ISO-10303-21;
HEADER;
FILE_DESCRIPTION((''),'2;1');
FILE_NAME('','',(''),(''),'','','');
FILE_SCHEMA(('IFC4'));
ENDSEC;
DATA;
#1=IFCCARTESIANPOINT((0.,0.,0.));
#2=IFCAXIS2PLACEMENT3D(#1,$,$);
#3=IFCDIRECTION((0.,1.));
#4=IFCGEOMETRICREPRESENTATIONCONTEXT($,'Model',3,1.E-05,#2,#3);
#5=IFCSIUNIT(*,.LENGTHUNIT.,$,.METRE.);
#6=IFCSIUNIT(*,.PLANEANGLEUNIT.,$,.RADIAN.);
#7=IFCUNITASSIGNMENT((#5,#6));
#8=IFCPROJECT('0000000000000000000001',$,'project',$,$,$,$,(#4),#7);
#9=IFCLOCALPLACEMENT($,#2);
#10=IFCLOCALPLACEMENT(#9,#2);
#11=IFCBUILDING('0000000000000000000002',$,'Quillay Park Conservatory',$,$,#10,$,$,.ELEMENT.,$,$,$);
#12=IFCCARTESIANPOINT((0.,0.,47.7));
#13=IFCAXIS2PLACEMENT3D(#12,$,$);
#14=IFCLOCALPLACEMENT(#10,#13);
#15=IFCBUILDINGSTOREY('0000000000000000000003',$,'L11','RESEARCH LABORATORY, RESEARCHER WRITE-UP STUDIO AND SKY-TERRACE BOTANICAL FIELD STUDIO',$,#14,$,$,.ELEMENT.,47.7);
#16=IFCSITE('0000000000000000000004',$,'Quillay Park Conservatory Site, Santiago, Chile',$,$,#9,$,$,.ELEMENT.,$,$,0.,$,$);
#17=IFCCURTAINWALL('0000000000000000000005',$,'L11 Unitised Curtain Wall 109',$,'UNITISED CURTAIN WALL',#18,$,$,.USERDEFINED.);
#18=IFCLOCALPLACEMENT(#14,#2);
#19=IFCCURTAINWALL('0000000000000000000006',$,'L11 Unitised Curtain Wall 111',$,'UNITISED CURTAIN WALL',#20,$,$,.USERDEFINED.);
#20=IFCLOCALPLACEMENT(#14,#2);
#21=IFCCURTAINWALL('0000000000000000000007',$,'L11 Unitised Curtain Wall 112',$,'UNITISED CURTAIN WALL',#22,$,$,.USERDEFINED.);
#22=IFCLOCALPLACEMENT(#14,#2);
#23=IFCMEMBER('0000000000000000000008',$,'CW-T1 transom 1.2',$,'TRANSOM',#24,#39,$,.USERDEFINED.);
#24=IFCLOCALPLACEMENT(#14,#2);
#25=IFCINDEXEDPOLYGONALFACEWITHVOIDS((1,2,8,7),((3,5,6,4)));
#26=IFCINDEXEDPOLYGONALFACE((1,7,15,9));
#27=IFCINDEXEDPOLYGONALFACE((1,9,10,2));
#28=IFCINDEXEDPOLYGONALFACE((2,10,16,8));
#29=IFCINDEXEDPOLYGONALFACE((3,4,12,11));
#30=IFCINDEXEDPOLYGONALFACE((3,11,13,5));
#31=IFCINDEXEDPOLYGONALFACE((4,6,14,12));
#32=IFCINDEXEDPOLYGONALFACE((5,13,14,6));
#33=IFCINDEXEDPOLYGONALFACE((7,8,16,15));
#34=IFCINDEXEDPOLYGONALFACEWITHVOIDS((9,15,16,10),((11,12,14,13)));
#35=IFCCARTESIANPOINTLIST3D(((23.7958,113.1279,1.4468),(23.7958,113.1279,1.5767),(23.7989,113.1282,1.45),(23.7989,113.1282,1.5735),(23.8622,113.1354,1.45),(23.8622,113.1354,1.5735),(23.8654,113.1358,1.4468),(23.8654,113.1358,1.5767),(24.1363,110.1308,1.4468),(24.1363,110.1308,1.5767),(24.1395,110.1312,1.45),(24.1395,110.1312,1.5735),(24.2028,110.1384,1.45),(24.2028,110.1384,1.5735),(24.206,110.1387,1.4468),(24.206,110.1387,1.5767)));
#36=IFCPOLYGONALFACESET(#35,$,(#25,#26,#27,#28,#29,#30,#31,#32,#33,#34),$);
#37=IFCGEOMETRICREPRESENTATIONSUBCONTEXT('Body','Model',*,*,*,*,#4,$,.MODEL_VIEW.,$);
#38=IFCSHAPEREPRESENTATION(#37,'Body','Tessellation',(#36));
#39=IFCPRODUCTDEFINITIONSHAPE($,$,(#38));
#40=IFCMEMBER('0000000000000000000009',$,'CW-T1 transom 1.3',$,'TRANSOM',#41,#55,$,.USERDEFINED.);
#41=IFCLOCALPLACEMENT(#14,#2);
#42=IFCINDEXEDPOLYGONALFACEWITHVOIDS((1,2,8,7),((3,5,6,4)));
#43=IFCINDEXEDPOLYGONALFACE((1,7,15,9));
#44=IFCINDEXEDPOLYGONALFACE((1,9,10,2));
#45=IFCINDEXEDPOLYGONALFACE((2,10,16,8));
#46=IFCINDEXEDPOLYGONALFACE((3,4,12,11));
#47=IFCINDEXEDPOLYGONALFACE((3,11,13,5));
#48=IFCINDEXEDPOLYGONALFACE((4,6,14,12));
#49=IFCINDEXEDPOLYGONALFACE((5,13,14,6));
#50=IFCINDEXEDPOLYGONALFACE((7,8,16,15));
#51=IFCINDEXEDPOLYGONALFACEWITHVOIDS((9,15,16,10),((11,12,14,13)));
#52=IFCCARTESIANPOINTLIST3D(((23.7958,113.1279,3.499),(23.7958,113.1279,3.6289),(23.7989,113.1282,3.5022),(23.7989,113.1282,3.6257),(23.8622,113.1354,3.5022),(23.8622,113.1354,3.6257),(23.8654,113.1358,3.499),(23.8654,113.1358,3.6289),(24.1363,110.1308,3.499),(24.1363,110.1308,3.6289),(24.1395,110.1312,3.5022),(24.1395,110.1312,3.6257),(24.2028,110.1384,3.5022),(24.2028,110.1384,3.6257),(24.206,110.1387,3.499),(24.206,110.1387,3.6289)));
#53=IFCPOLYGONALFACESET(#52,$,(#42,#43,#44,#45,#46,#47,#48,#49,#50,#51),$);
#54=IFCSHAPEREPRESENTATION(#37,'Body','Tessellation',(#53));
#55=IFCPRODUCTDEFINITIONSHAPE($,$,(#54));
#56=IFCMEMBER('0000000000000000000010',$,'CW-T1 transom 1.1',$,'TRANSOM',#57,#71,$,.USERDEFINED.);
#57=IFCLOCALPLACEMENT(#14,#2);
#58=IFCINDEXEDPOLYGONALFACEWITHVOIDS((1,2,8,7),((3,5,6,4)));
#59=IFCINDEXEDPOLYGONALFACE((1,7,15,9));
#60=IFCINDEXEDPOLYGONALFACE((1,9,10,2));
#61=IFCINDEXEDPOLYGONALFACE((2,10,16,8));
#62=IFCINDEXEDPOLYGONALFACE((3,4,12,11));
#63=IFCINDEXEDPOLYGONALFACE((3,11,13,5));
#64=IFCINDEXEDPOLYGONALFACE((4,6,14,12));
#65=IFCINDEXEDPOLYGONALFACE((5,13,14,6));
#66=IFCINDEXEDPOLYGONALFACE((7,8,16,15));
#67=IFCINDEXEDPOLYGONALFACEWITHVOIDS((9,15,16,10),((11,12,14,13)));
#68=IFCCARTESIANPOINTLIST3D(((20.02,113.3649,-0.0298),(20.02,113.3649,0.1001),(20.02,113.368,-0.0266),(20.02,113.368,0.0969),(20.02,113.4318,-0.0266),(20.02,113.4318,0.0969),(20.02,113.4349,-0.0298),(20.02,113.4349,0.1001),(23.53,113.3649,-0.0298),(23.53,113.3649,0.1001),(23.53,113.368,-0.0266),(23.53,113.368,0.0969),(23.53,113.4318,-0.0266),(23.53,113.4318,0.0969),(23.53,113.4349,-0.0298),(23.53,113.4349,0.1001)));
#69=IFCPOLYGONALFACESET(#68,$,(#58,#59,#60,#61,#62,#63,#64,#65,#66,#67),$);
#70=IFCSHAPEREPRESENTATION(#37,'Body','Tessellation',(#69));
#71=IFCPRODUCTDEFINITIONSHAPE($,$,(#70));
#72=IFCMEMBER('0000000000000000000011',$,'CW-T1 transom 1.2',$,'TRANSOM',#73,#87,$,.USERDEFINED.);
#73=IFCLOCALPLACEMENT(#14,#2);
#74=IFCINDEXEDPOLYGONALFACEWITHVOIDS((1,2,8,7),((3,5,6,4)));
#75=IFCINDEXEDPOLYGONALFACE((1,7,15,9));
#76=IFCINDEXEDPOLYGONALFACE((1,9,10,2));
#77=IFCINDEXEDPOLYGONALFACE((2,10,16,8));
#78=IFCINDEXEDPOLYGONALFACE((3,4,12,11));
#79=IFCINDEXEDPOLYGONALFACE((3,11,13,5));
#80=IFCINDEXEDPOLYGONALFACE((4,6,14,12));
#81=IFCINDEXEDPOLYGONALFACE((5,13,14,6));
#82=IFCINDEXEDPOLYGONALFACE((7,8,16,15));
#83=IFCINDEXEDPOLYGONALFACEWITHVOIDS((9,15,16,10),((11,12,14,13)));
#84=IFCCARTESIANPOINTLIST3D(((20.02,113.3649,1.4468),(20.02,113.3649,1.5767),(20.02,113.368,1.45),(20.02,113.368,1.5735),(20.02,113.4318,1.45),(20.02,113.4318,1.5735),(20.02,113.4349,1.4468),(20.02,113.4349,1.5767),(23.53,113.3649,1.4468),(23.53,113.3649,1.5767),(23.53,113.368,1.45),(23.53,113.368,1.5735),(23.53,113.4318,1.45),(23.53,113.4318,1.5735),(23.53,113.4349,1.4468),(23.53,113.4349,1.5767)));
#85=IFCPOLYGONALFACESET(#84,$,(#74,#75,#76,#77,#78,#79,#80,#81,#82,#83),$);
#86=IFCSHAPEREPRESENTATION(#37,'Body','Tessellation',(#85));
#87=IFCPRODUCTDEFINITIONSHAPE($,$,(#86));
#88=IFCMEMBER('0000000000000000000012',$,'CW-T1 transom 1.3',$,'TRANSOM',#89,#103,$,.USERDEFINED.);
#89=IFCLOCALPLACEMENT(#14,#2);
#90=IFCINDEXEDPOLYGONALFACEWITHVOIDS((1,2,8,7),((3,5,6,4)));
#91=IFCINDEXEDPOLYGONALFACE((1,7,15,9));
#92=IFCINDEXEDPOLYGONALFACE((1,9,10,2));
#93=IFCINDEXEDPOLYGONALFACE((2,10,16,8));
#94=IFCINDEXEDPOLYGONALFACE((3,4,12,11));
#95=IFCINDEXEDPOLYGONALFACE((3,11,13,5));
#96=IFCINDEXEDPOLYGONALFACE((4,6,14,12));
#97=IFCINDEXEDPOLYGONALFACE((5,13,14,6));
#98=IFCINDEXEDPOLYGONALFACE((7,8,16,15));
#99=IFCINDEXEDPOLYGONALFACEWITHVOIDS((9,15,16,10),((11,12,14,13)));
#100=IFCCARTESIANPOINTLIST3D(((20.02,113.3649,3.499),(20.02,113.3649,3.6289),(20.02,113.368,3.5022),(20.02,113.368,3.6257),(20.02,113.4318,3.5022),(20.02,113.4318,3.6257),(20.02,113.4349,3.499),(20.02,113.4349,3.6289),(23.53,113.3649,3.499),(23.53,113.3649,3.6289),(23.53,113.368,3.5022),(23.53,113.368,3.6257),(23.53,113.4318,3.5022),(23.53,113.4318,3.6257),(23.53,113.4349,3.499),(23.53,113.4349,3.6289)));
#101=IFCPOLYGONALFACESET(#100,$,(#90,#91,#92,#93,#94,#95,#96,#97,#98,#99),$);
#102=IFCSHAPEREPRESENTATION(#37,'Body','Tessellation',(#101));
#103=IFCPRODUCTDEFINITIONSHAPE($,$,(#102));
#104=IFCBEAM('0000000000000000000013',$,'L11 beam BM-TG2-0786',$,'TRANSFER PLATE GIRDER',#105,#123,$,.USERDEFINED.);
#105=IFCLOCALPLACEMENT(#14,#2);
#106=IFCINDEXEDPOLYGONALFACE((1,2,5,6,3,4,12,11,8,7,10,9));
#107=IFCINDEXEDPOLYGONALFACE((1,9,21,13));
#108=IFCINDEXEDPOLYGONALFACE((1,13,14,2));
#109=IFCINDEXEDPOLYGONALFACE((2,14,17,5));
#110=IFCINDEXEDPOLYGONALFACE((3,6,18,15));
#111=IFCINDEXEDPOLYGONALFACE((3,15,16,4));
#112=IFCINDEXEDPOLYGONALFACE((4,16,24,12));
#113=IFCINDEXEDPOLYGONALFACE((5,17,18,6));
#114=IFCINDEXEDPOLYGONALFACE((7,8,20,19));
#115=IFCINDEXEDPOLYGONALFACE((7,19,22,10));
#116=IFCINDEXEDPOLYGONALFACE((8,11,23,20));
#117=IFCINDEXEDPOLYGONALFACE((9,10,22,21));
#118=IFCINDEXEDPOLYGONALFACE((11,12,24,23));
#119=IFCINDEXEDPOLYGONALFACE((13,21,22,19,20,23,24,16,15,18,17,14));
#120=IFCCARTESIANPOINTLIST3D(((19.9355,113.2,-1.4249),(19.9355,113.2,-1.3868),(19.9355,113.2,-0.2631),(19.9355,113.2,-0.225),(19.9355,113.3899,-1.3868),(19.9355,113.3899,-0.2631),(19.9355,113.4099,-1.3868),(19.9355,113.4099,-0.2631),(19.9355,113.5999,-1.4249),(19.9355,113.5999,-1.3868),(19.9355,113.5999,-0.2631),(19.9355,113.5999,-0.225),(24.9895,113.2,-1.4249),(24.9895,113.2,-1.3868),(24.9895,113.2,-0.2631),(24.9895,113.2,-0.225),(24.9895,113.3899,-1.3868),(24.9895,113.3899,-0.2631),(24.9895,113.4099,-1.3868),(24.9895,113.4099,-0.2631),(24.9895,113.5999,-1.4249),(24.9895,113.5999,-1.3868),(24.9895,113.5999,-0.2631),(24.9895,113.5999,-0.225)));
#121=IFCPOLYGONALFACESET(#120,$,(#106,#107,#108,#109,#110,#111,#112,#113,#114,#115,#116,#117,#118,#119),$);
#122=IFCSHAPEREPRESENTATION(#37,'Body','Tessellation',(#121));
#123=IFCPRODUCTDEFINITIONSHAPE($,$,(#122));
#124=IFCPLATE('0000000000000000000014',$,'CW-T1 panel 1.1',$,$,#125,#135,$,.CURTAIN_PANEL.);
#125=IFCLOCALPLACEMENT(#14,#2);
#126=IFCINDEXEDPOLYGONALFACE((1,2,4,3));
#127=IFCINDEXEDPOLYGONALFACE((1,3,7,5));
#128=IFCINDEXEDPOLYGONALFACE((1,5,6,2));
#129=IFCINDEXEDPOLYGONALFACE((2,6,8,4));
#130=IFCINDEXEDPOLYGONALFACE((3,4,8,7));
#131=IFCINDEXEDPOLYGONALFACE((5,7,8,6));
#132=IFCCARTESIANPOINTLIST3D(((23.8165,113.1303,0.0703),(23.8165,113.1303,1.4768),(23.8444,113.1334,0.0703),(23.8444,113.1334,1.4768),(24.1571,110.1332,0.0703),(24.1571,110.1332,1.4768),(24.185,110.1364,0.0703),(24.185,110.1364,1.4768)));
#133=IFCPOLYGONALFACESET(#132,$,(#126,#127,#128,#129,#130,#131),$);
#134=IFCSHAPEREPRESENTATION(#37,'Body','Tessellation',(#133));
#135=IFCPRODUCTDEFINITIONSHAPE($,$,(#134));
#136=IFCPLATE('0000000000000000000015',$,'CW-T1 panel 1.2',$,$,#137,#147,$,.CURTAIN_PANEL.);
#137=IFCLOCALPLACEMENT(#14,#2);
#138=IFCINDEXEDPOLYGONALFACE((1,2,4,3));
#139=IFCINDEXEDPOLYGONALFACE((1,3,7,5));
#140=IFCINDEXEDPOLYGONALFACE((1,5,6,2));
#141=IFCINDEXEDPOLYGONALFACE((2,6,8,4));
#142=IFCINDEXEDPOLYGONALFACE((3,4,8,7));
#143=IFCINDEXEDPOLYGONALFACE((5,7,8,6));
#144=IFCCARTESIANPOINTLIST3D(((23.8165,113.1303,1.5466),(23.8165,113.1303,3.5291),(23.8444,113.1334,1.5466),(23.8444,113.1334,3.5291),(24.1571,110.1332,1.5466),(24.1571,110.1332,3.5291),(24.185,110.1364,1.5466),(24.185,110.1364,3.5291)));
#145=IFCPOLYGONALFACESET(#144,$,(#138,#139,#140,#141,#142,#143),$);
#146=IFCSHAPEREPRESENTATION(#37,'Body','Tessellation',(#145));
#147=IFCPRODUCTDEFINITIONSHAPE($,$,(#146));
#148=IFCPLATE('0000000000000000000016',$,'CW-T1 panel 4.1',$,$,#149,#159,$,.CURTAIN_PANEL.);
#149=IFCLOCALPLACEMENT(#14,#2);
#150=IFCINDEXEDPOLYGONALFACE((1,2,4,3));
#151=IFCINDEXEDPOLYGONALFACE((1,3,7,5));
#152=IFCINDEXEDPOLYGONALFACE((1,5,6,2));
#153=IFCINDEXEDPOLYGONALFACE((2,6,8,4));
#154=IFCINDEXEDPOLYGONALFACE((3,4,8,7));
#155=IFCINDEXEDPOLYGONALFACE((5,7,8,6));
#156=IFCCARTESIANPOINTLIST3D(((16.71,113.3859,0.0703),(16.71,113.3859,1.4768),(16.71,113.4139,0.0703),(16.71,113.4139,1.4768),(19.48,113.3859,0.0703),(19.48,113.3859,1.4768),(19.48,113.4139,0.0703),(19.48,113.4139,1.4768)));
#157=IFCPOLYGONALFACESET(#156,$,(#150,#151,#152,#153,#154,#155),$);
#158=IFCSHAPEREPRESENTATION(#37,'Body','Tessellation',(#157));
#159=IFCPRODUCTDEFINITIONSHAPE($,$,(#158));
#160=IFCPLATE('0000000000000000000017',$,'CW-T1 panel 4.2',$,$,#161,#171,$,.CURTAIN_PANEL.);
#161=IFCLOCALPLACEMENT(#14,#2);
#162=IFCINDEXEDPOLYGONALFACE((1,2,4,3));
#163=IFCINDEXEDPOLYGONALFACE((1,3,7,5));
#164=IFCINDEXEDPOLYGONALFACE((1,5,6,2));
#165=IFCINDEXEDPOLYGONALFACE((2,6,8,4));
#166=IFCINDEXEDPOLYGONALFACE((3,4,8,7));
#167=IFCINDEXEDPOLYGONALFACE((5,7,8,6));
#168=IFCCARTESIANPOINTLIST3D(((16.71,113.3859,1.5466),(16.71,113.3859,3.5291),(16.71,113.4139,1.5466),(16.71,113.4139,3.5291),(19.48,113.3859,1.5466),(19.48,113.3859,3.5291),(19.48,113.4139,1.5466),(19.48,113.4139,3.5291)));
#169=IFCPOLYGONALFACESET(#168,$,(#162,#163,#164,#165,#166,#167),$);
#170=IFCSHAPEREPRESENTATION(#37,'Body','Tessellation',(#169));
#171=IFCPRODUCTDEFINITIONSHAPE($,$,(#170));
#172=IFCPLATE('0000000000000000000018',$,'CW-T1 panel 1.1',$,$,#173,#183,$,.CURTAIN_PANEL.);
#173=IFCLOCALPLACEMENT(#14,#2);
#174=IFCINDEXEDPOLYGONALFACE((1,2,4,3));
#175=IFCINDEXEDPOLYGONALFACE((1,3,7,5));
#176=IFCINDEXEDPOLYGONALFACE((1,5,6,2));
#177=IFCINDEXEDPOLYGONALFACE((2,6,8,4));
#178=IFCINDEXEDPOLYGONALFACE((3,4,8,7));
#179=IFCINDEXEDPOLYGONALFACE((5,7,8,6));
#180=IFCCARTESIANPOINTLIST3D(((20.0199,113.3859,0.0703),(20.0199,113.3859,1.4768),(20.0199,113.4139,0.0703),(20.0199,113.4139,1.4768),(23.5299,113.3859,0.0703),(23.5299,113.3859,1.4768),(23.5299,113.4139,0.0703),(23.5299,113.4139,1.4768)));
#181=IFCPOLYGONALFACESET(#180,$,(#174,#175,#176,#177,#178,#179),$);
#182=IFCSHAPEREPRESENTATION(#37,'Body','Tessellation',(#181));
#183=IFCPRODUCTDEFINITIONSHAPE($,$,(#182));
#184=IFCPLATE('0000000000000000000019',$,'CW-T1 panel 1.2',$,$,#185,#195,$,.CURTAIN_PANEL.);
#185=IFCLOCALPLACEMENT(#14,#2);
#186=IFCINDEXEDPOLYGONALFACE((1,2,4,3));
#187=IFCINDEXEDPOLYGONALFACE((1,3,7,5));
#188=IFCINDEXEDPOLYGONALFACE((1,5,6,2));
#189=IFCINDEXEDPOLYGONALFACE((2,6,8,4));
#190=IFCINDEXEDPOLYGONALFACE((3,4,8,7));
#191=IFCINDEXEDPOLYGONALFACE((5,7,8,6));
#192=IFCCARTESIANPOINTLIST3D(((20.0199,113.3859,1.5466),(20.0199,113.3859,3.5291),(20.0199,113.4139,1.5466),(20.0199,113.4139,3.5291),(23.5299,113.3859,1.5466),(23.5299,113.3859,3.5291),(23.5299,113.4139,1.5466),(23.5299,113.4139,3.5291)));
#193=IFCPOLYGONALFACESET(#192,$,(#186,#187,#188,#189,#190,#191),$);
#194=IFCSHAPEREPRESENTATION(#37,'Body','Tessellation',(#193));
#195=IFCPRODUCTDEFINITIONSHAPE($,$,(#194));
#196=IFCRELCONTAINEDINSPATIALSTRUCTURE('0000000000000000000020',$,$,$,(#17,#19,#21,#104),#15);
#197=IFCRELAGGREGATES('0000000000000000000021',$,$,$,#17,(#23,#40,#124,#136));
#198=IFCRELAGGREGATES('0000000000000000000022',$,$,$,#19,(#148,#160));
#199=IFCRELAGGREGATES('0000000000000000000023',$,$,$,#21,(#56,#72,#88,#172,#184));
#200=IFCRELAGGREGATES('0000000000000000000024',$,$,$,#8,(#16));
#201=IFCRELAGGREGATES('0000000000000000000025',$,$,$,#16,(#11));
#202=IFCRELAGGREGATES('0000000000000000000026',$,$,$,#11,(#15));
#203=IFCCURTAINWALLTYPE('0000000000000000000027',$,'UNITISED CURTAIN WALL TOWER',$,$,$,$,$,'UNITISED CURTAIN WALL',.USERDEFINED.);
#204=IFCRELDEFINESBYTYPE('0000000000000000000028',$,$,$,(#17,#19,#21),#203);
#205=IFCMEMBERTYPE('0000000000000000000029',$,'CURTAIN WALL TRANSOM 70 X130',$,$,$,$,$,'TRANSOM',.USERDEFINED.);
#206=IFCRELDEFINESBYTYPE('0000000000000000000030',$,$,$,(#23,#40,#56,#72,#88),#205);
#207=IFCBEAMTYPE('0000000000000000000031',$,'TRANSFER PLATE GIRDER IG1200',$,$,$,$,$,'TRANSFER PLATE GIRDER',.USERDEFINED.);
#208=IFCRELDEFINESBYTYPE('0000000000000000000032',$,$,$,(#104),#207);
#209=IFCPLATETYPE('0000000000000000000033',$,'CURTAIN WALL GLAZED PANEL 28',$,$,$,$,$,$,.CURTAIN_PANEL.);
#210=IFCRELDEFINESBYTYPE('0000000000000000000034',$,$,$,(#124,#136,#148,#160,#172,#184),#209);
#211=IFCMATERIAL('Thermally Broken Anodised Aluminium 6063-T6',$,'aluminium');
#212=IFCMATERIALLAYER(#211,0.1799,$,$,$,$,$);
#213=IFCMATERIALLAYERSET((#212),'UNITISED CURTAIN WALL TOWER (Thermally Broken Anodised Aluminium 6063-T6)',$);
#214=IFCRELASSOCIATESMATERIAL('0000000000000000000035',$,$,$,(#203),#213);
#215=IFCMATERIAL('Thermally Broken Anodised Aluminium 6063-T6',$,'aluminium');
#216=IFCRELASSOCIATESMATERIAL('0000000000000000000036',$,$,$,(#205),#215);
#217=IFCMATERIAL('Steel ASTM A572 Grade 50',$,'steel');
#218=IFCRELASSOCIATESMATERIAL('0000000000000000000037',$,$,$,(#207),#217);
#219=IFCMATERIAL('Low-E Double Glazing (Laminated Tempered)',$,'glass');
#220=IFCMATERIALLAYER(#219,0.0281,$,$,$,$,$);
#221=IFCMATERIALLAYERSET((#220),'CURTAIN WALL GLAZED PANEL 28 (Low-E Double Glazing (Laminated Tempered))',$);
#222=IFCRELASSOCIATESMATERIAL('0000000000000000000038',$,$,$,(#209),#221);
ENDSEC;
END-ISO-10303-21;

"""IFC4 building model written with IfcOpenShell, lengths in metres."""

from ifc_helpers import new_model, si_unit, direction, frame, origin, origin_2d, place, context, subcontext, project, spatial, rectangle, hollow_rectangle, i_section, extrude, material, layer, layer_set, material_profile, profile_set, type_object, element, aggregate, save


model = new_model("IFC4")

# Units and contexts
model_context = context("Model", 3, precision=1e-05, world=origin(), true_north=direction((0.0, 1.0)))
body_context = subcontext(model_context, "Body", "Model", "MODEL_VIEW")
ifc_project = project(units=[si_unit("LENGTHUNIT", "METRE"), si_unit("PLANEANGLEUNIT", "RADIAN")], contexts=[model_context])

# Site, building, storey
site_placement = place(None, origin())
site = spatial("IfcSite", under=ifc_project, at=site_placement, Name="Quillay Park Conservatory Site, Santiago, Chile", CompositionType="ELEMENT", RefElevation=0.0)
building_placement = place(site_placement, origin())
building = spatial("IfcBuilding", under=site, at=building_placement, Name="Quillay Park Conservatory", CompositionType="ELEMENT")
storey_placement = place(building_placement, frame((0.0, 0.0, 47.7)))
storey = spatial("IfcBuildingStorey", under=building, at=storey_placement, Name="L11", Description="RESEARCH LABORATORY, RESEARCHER WRITE-UP STUDIO AND SKY-TERRACE BOTANICAL FIELD STUDIO", CompositionType="ELEMENT", Elevation=47.7)

# Curtain walls
ifc_material_1 = material(Name="Thermally Broken Anodised Aluminium 6063-T6", Category="aluminium")
ifc_layer_1 = layer(ifc_material_1, 0.1799)
ifc_layer_set_1 = layer_set([ifc_layer_1], Name="UNITISED CURTAIN WALL TOWER (Thermally Broken Anodised Aluminium 6063-T6)")
curtain_wall_type = type_object("IfcCurtainWallType", Name="UNITISED CURTAIN WALL TOWER", ElementType="UNITISED CURTAIN WALL", PredefinedType="USERDEFINED", material=ifc_layer_set_1)
curtain_wall_1_placement = place(storey_placement, origin())
curtain_wall_1 = element("IfcCurtainWall", 1, at=curtain_wall_1_placement, inside=storey, type_object=curtain_wall_type, Name="L11 Unitised Curtain Wall 109", ObjectType="UNITISED CURTAIN WALL", PredefinedType="USERDEFINED")
curtain_wall_2_placement = place(storey_placement, origin())
curtain_wall_2 = element("IfcCurtainWall", 2, at=curtain_wall_2_placement, inside=storey, type_object=curtain_wall_type, Name="L11 Unitised Curtain Wall 111", ObjectType="UNITISED CURTAIN WALL", PredefinedType="USERDEFINED")

# Curtain wall
curtain_wall_3_placement = place(storey_placement, origin())
curtain_wall_3 = element("IfcCurtainWall", 3, at=curtain_wall_3_placement, inside=storey, type_object=curtain_wall_type, Name="L11 Unitised Curtain Wall 112", ObjectType="UNITISED CURTAIN WALL", PredefinedType="USERDEFINED")

# Members
ifc_material_2 = material(Name="Thermally Broken Anodised Aluminium 6063-T6", Category="aluminium")
ifc_material_profile_1 = material_profile(ifc_material_2, hollow_rectangle(XDim=0.0701, YDim=0.1299, WallThickness=0.0032, at=origin_2d()), Name="AL70x130x3.2")
ifc_profile_set_1 = profile_set([ifc_material_profile_1], Name="Thermally Broken Anodised Aluminium 6063-T6")
member_type_1 = type_object("IfcMemberType", Name="CURTAIN WALL TRANSOM 70 X130", ElementType="TRANSOM", PredefinedType="USERDEFINED", material=ifc_profile_set_1)
member_1_placement = place(storey_placement, frame((23.8306, 113.1318, 1.5117), z_axis=(0.11291, -0.993605, 0.0), x_axis=(0.993605, 0.11291, 0.0)))
member_1 = element("IfcMember", 4, at=member_1_placement, type_object=member_type_1, Name="CW-T1 transom 1.2", ObjectType="TRANSOM", PredefinedType="USERDEFINED", context=body_context, shape_type="SweptSolid", body=[
    extrude(hollow_rectangle(XDim=0.0701, YDim=0.1299, WallThickness=0.0032, at=origin_2d()), origin(), (0.0, 0.0, 1.0), 3.0164),
])
member_2_placement = place(storey_placement, frame((23.8306, 113.1318, 3.564), z_axis=(0.11291, -0.993605, 0.0), x_axis=(0.993605, 0.11291, 0.0)))
member_2 = element("IfcMember", 5, at=member_2_placement, type_object=member_type_1, Name="CW-T1 transom 1.3", ObjectType="TRANSOM", PredefinedType="USERDEFINED", context=body_context, shape_type="SweptSolid", body=[
    extrude(hollow_rectangle(XDim=0.0701, YDim=0.1299, WallThickness=0.0032, at=origin_2d()), origin(), (0.0, 0.0, 1.0), 3.0164),
])
member_3_placement = place(storey_placement, frame((20.02, 113.3999, 0.0352), z_axis=(1.0, 0.0, 0.0), x_axis=(0.0, 1.0, 0.0)))
member_3 = element("IfcMember", 6, at=member_3_placement, type_object=member_type_1, Name="CW-T1 transom 1.1", ObjectType="TRANSOM", PredefinedType="USERDEFINED", context=body_context, shape_type="SweptSolid", body=[
    extrude(hollow_rectangle(XDim=0.0701, YDim=0.1299, WallThickness=0.0032, at=origin_2d()), origin(), (0.0, 0.0, 1.0), 3.51),
])
member_4_placement = place(storey_placement, frame((20.02, 113.3999, 1.5117), z_axis=(1.0, 0.0, 0.0), x_axis=(0.0, 1.0, 0.0)))
member_4 = element("IfcMember", 7, at=member_4_placement, type_object=member_type_1, Name="CW-T1 transom 1.2", ObjectType="TRANSOM", PredefinedType="USERDEFINED", context=body_context, shape_type="SweptSolid", body=[
    extrude(hollow_rectangle(XDim=0.0701, YDim=0.1299, WallThickness=0.0032, at=origin_2d()), origin(), (0.0, 0.0, 1.0), 3.51),
])
member_5_placement = place(storey_placement, frame((20.02, 113.3999, 3.564), z_axis=(1.0, 0.0, 0.0), x_axis=(0.0, 1.0, 0.0)))
member_5 = element("IfcMember", 8, at=member_5_placement, type_object=member_type_1, Name="CW-T1 transom 1.3", ObjectType="TRANSOM", PredefinedType="USERDEFINED", context=body_context, shape_type="SweptSolid", body=[
    extrude(hollow_rectangle(XDim=0.0701, YDim=0.1299, WallThickness=0.0032, at=origin_2d()), origin(), (0.0, 0.0, 1.0), 3.51),
])

# Beam
ifc_material_3 = material(Name="Steel ASTM A572 Grade 50", Category="steel")
ifc_material_profile_2 = material_profile(ifc_material_3, i_section(OverallWidth=0.3999, OverallDepth=1.2, WebThickness=0.02, FlangeThickness=0.0381, at=origin_2d()), Name="IG1200x400")
ifc_profile_set_2 = profile_set([ifc_material_profile_2], Name="Steel ASTM A572 Grade 50")
beam_type = type_object("IfcBeamType", Name="TRANSFER PLATE GIRDER IG1200", ElementType="TRANSFER PLATE GIRDER", PredefinedType="USERDEFINED", material=ifc_profile_set_2)
beam_placement = place(storey_placement, frame((19.9355, 113.3999, -0.825), z_axis=(1.0, 0.0, 0.0), x_axis=(0.0, 1.0, 0.0)))
element("IfcBeam", 9, at=beam_placement, inside=storey, type_object=beam_type, Name="L11 beam BM-TG2-0786", ObjectType="TRANSFER PLATE GIRDER", PredefinedType="USERDEFINED", context=body_context, shape_type="SweptSolid", body=[
    extrude(i_section(OverallWidth=0.3999, OverallDepth=1.2, WebThickness=0.02, FlangeThickness=0.0381, at=origin_2d()), origin(), (0.0, 0.0, 1.0), 5.054),
])

# Plates
ifc_material_4 = material(Name="Low-E Double Glazing (Laminated Tempered)", Category="glass")
ifc_layer_2 = layer(ifc_material_4, 0.0281)
ifc_layer_set_2 = layer_set([ifc_layer_2], Name="CURTAIN WALL GLAZED PANEL 28 (Low-E Double Glazing (Laminated Tempered))")
plate_type_1 = type_object("IfcPlateType", Name="CURTAIN WALL GLAZED PANEL 28", PredefinedType="CURTAIN_PANEL", material=ifc_layer_set_2)
plate_1_placement = place(storey_placement, frame((24.0007, 111.6333, 0.0703), z_axis=(0.0, 0.0, 1.0), x_axis=(0.112903, -0.993606, 0.0)))
plate_1 = element("IfcPlate", 10, at=plate_1_placement, type_object=plate_type_1, Name="CW-T1 panel 1.1", PredefinedType="CURTAIN_PANEL", context=body_context, shape_type="SweptSolid", body=[
    extrude(rectangle(XDim=3.0164, YDim=0.0281, at=origin_2d()), origin(), (0.0, 0.0, 1.0), 1.4065),
])
plate_2_placement = place(storey_placement, frame((24.0007, 111.6333, 1.5466), z_axis=(0.0, 0.0, 1.0), x_axis=(0.112903, -0.993606, 0.0)))
plate_2 = element("IfcPlate", 11, at=plate_2_placement, type_object=plate_type_1, Name="CW-T1 panel 1.2", PredefinedType="CURTAIN_PANEL", context=body_context, shape_type="SweptSolid", body=[
    extrude(rectangle(XDim=3.0164, YDim=0.0281, at=origin_2d()), origin(), (0.0, 0.0, 1.0), 1.9824),
])
aggregate(curtain_wall_1, [member_1, member_2, plate_1, plate_2])
plate_3_placement = place(storey_placement, frame((18.095, 113.3999, 0.0703), z_axis=(0.0, 0.0, 1.0), x_axis=(1.0, 0.0, 0.0)))
plate_3 = element("IfcPlate", 12, at=plate_3_placement, type_object=plate_type_1, Name="CW-T1 panel 4.1", PredefinedType="CURTAIN_PANEL", context=body_context, shape_type="SweptSolid", body=[
    extrude(rectangle(XDim=2.77, YDim=0.0281, at=origin_2d()), origin(), (0.0, 0.0, 1.0), 1.4065),
])
plate_4_placement = place(storey_placement, frame((18.095, 113.3999, 1.5466), z_axis=(0.0, 0.0, 1.0), x_axis=(1.0, 0.0, 0.0)))
plate_4 = element("IfcPlate", 13, at=plate_4_placement, type_object=plate_type_1, Name="CW-T1 panel 4.2", PredefinedType="CURTAIN_PANEL", context=body_context, shape_type="SweptSolid", body=[
    extrude(rectangle(XDim=2.77, YDim=0.0281, at=origin_2d()), origin(), (0.0, 0.0, 1.0), 1.9824),
])
aggregate(curtain_wall_2, [plate_3, plate_4])
plate_5_placement = place(storey_placement, frame((21.7749, 113.3999, 0.0703), z_axis=(0.0, 0.0, 1.0), x_axis=(1.0, 0.0, 0.0)))
plate_5 = element("IfcPlate", 14, at=plate_5_placement, type_object=plate_type_1, Name="CW-T1 panel 1.1", PredefinedType="CURTAIN_PANEL", context=body_context, shape_type="SweptSolid", body=[
    extrude(rectangle(XDim=3.51, YDim=0.0281, at=origin_2d()), origin(), (0.0, 0.0, 1.0), 1.4065),
])
plate_6_placement = place(storey_placement, frame((21.7749, 113.3999, 1.5466), z_axis=(0.0, 0.0, 1.0), x_axis=(1.0, 0.0, 0.0)))
plate_6 = element("IfcPlate", 15, at=plate_6_placement, type_object=plate_type_1, Name="CW-T1 panel 1.2", PredefinedType="CURTAIN_PANEL", context=body_context, shape_type="SweptSolid", body=[
    extrude(rectangle(XDim=3.51, YDim=0.0281, at=origin_2d()), origin(), (0.0, 0.0, 1.0), 1.9824),
])
aggregate(curtain_wall_3, [member_3, member_4, member_5, plate_5, plate_6])

save(model, "model.ifc")
